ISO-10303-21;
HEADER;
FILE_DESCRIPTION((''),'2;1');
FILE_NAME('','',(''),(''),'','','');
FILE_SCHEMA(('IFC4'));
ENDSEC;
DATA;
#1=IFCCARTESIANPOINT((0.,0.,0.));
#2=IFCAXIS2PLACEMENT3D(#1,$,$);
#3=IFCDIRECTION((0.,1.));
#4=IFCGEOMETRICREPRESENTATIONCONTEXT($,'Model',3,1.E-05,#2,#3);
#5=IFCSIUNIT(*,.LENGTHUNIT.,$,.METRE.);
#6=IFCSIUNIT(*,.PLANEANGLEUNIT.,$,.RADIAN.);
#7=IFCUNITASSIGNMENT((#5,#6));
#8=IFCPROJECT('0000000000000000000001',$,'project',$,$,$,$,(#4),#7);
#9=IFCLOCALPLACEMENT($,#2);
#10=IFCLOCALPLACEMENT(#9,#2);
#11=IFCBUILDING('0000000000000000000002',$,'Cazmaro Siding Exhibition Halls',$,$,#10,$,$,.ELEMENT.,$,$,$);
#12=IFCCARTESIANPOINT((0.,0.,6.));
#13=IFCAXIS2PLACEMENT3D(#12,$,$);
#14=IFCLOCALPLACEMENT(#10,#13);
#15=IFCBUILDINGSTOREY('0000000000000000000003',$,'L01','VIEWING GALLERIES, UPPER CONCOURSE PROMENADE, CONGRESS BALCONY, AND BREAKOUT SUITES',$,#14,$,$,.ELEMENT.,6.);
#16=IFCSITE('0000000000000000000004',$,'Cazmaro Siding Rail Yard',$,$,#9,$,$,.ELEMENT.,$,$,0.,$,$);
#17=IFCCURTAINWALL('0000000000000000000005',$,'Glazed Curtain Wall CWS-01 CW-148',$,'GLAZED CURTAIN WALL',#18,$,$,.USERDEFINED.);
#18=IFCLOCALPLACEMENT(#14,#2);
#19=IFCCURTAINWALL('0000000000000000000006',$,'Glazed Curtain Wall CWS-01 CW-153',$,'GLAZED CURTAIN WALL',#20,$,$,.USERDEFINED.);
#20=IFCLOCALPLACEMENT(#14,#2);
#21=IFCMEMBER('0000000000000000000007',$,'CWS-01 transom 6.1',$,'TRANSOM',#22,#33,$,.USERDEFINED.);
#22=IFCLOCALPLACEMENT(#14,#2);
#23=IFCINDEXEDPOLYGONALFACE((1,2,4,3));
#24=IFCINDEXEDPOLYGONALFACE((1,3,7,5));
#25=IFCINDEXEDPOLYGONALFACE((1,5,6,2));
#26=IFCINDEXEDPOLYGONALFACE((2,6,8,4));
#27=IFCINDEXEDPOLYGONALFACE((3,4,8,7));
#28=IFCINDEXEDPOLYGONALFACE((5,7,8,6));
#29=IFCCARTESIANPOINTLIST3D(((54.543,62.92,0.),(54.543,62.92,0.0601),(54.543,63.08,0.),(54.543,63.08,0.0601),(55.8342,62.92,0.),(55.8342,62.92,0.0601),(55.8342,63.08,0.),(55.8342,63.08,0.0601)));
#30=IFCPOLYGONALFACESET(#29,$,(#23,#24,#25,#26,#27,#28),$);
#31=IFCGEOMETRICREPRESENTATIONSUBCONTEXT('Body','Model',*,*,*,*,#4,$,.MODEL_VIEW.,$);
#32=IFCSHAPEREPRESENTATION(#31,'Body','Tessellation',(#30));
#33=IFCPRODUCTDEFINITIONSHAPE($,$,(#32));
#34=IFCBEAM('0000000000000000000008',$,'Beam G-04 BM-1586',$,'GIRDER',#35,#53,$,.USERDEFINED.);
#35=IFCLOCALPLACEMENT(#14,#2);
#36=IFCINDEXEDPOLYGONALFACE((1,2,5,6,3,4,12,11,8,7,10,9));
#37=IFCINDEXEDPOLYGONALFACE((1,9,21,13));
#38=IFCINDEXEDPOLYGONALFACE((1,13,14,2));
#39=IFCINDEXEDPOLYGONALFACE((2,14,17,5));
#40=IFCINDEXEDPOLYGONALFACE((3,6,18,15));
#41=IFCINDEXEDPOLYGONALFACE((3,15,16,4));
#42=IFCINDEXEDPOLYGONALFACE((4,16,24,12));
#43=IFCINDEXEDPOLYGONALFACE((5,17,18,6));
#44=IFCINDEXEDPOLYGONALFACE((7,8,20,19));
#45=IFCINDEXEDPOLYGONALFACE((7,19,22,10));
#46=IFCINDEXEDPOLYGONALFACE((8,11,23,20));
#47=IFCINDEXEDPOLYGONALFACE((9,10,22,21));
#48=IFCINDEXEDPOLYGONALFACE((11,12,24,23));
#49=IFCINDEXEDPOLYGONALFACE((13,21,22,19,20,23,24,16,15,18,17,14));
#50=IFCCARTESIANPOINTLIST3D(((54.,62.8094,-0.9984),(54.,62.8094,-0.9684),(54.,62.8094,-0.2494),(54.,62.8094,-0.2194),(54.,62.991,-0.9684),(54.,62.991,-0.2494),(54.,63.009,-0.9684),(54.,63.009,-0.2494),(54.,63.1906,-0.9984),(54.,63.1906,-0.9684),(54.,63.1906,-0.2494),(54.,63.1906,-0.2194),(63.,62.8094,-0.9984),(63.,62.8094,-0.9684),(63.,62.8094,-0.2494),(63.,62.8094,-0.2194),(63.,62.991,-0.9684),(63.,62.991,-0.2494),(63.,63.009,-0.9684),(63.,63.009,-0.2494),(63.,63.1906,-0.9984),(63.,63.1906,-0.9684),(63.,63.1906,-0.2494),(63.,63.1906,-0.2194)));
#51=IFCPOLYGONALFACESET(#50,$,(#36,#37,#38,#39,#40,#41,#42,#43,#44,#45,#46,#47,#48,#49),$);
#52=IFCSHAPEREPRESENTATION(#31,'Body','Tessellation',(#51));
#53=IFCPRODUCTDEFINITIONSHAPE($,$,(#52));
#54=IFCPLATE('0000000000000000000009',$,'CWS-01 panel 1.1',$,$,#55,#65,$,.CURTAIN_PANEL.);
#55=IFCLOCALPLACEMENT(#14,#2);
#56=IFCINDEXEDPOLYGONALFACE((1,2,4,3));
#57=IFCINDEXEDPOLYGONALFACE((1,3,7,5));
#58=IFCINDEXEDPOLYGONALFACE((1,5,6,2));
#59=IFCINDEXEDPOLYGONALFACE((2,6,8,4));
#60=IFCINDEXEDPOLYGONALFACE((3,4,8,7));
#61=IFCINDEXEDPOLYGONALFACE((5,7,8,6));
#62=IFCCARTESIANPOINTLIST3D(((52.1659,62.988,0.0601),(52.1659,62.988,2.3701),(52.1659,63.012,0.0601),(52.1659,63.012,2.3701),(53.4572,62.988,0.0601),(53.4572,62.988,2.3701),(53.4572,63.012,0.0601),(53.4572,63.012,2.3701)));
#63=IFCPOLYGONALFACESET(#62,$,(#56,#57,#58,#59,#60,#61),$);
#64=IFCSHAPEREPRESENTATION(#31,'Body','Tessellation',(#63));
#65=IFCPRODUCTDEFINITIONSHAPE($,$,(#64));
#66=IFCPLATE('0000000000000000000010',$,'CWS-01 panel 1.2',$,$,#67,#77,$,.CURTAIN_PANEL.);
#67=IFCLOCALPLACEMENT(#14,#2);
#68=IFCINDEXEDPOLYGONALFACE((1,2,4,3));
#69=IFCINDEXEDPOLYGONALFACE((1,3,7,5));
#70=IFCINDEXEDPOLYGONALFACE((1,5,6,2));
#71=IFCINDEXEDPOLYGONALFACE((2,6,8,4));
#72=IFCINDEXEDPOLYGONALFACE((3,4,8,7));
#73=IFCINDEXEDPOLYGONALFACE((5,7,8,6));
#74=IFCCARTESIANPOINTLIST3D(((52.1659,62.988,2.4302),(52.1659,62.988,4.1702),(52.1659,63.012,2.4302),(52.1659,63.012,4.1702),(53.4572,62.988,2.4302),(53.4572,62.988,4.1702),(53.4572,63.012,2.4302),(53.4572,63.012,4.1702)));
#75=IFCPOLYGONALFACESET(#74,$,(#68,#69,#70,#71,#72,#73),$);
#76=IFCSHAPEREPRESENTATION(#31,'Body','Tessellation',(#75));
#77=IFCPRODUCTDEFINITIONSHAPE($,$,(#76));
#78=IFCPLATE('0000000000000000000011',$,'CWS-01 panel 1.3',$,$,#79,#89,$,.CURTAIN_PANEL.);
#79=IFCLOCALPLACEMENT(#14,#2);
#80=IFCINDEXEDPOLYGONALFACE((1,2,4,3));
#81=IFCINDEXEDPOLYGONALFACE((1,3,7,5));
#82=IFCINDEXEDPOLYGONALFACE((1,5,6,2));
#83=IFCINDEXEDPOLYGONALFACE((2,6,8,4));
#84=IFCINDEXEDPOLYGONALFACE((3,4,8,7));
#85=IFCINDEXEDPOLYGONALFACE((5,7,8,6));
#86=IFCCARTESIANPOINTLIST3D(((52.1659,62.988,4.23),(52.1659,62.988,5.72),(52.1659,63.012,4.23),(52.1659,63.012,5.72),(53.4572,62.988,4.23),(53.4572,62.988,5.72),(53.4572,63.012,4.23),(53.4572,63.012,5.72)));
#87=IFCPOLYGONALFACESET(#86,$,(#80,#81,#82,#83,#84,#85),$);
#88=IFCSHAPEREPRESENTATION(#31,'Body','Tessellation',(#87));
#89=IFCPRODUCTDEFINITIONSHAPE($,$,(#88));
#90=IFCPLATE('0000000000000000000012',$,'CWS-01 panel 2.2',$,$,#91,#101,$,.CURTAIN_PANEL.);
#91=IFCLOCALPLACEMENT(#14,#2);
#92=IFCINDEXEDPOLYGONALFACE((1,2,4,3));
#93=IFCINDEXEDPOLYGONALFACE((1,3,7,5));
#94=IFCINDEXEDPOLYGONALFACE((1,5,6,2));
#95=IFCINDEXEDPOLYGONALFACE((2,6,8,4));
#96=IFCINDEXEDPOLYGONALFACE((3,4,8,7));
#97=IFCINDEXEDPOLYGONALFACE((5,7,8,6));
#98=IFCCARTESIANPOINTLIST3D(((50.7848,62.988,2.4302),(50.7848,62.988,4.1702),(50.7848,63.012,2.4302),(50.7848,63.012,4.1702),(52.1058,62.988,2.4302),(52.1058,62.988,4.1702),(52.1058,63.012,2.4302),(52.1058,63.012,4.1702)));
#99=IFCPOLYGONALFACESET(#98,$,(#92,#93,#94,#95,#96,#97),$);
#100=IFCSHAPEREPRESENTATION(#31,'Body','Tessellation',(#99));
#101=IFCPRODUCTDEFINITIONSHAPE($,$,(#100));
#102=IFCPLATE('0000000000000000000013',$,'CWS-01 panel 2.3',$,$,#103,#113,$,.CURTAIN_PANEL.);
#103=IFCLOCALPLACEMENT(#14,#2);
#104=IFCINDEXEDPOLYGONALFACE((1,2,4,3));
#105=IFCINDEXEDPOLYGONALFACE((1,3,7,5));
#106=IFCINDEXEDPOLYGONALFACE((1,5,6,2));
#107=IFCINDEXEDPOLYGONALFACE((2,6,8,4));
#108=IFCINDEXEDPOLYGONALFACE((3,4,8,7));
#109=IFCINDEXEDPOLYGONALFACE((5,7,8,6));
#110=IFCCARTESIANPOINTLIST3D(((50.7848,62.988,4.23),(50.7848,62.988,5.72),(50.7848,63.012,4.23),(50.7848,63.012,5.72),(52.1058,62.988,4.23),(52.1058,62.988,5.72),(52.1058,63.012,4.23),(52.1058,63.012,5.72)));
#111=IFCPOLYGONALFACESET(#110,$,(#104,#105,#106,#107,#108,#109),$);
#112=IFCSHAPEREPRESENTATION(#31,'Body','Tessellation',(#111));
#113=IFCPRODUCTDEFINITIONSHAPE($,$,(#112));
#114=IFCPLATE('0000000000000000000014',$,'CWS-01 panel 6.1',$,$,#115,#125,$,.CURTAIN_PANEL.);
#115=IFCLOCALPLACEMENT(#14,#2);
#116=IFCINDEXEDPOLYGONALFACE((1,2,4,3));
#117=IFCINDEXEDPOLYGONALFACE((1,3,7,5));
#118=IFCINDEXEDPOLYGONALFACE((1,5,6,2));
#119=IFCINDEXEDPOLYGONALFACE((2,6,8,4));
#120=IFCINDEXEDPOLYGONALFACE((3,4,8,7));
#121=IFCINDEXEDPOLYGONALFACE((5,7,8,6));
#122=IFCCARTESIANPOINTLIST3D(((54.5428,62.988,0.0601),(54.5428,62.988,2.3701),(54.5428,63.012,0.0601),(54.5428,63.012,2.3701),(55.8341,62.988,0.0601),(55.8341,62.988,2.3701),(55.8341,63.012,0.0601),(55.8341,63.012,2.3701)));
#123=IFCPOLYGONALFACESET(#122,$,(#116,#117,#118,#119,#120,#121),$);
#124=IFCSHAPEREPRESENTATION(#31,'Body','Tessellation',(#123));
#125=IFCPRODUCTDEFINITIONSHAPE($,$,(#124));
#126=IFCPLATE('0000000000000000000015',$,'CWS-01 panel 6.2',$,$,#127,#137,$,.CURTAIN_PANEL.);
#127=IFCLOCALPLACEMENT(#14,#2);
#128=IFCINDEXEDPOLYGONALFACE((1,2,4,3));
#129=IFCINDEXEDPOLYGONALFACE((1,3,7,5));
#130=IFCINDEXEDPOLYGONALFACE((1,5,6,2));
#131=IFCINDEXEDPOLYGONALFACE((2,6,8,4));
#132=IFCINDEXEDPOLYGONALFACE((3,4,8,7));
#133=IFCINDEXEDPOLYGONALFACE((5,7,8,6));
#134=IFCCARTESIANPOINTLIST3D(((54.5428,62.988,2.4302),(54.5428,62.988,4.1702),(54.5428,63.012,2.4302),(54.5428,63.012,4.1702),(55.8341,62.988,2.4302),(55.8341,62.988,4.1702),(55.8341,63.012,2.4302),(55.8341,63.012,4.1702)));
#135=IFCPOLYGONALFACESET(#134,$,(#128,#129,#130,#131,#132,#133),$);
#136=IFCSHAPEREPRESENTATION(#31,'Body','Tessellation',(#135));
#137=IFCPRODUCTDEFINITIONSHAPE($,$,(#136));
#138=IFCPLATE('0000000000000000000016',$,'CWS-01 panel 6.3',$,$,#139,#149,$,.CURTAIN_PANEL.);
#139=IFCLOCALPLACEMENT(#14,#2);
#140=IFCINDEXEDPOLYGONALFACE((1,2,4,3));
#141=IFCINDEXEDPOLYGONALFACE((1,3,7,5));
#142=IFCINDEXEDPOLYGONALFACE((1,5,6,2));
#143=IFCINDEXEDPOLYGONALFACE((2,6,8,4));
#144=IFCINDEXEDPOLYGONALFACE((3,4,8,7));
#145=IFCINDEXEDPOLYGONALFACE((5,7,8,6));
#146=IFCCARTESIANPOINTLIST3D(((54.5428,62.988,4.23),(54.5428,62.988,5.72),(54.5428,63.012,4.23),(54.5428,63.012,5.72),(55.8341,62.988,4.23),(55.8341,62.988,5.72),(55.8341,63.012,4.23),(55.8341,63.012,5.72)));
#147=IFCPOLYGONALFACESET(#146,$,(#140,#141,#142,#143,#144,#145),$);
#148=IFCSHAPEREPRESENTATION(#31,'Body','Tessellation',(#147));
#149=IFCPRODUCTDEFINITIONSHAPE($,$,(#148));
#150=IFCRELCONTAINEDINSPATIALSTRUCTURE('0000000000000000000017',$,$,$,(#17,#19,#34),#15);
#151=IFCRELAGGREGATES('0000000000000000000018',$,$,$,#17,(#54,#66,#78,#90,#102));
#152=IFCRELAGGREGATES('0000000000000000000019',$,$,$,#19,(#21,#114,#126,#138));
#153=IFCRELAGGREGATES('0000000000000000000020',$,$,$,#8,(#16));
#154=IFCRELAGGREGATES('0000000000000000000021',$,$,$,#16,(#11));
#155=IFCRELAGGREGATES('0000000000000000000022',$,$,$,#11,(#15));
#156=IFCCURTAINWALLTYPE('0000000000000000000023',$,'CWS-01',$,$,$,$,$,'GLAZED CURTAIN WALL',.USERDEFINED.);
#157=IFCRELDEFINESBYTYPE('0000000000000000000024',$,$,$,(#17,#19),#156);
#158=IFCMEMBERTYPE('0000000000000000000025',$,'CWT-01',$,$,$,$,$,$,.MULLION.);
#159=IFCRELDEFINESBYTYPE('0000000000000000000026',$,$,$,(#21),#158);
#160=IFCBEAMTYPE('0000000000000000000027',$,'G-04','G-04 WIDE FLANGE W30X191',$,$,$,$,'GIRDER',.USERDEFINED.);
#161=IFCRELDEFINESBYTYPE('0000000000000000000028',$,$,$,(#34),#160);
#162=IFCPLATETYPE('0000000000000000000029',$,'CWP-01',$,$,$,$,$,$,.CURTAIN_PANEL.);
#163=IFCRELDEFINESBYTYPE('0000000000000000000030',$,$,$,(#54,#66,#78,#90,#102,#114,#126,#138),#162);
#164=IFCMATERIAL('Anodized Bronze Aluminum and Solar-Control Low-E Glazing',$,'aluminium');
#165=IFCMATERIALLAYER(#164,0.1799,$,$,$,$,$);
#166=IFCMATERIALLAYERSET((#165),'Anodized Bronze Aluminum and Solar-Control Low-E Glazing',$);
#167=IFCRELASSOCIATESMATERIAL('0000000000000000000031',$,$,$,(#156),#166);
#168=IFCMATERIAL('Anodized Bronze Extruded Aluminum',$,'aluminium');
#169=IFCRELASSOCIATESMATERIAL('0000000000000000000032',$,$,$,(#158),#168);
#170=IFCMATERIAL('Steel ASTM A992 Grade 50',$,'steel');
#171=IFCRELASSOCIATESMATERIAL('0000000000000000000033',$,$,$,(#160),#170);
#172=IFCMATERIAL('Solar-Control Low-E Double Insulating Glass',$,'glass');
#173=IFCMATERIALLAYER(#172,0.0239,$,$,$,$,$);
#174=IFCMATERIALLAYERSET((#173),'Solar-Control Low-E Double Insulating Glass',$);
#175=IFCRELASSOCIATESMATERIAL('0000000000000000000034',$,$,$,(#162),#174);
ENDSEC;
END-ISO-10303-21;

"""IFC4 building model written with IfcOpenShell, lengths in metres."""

from ifc_helpers import new_model, si_unit, direction, frame, origin, origin_2d, place, context, subcontext, project, spatial, rectangle, i_section, extrude, material, layer, layer_set, material_profile, profile_set, type_object, element, aggregate, save


model = new_model("IFC4")

# Units and contexts
model_context = context("Model", 3, precision=1e-05, world=origin(), true_north=direction((0.0, 1.0)))
body_context = subcontext(model_context, "Body", "Model", "MODEL_VIEW")
ifc_project = project(units=[si_unit("LENGTHUNIT", "METRE"), si_unit("PLANEANGLEUNIT", "RADIAN")], contexts=[model_context])

# Site, building, storey
site_placement = place(None, origin())
site = spatial("IfcSite", under=ifc_project, at=site_placement, Name="Cazmaro Siding Rail Yard", CompositionType="ELEMENT", RefElevation=0.0)
building_placement = place(site_placement, origin())
building = spatial("IfcBuilding", under=site, at=building_placement, Name="Cazmaro Siding Exhibition Halls", CompositionType="ELEMENT")
storey_placement = place(building_placement, frame((0.0, 0.0, 6.0)))
storey = spatial("IfcBuildingStorey", under=building, at=storey_placement, Name="L01", Description="VIEWING GALLERIES, UPPER CONCOURSE PROMENADE, CONGRESS BALCONY, AND BREAKOUT SUITES", CompositionType="ELEMENT", Elevation=6.0)

# Curtain wall
ifc_material_1 = material(Name="Anodized Bronze Aluminum and Solar-Control Low-E Glazing", Category="aluminium")
ifc_layer_1 = layer(ifc_material_1, 0.1799)
ifc_layer_set_1 = layer_set([ifc_layer_1], Name="Anodized Bronze Aluminum and Solar-Control Low-E Glazing")
curtain_wall_type = type_object("IfcCurtainWallType", Name="CWS-01", ElementType="GLAZED CURTAIN WALL", PredefinedType="USERDEFINED", material=ifc_layer_set_1)
curtain_wall_1_placement = place(storey_placement, origin())
curtain_wall_1 = element("IfcCurtainWall", 1, at=curtain_wall_1_placement, inside=storey, type_object=curtain_wall_type, Name="Glazed Curtain Wall CWS-01 CW-148", ObjectType="GLAZED CURTAIN WALL", PredefinedType="USERDEFINED")

# Curtain wall
curtain_wall_2_placement = place(storey_placement, origin())
curtain_wall_2 = element("IfcCurtainWall", 2, at=curtain_wall_2_placement, inside=storey, type_object=curtain_wall_type, Name="Glazed Curtain Wall CWS-01 CW-153", ObjectType="GLAZED CURTAIN WALL", PredefinedType="USERDEFINED")

# Member
ifc_material_2 = material(Name="Anodized Bronze Extruded Aluminum", Category="aluminium")
ifc_material_profile_1 = material_profile(ifc_material_2, rectangle(XDim=0.1599, YDim=0.0601, at=origin_2d()), Name="CWT-01")
ifc_profile_set_1 = profile_set([ifc_material_profile_1], Name="Anodized Bronze Extruded Aluminum")
member_type_1 = type_object("IfcMemberType", Name="CWT-01", PredefinedType="MULLION", material=ifc_profile_set_1)
member_1_placement = place(storey_placement, frame((55.8342, 63.0, 0.03), z_axis=(-1.0, 0.0, 0.0), x_axis=(0.0, -1.0, 0.0)))
member_1 = element("IfcMember", 3, at=member_1_placement, type_object=member_type_1, Name="CWS-01 transom 6.1", ObjectType="TRANSOM", PredefinedType="USERDEFINED", context=body_context, shape_type="SweptSolid", body=[
    extrude(rectangle(XDim=0.1599, YDim=0.0601, at=origin_2d()), origin(), (0.0, 0.0, 1.0), 1.2913),
])

# Beam
ifc_material_3 = material(Name="Steel ASTM A992 Grade 50", Category="steel")
ifc_material_profile_2 = material_profile(ifc_material_3, i_section(OverallWidth=0.3811, OverallDepth=0.7791, WebThickness=0.0181, FlangeThickness=0.03, at=origin_2d()), Name="W30X191")
ifc_profile_set_2 = profile_set([ifc_material_profile_2], Name="Steel ASTM A992 Grade 50")
beam_type = type_object("IfcBeamType", Name="G-04", Description="G-04 WIDE FLANGE W30X191", ElementType="GIRDER", PredefinedType="USERDEFINED", material=ifc_profile_set_2)
beam_placement = place(storey_placement, frame((54.0, 63.0, -0.6089), z_axis=(1.0, 0.0, 0.0), x_axis=(0.0, 1.0, 0.0)))
element("IfcBeam", 4, at=beam_placement, inside=storey, type_object=beam_type, Name="Beam G-04 BM-1586", ObjectType="GIRDER", PredefinedType="USERDEFINED", context=body_context, shape_type="SweptSolid", body=[
    extrude(i_section(OverallWidth=0.3811, OverallDepth=0.7791, WebThickness=0.0181, FlangeThickness=0.03, at=origin_2d()), origin(), (0.0, 0.0, 1.0), 9.0),
])

# Plates
ifc_material_4 = material(Name="Solar-Control Low-E Double Insulating Glass", Category="glass")
ifc_layer_2 = layer(ifc_material_4, 0.0239)
ifc_layer_set_2 = layer_set([ifc_layer_2], Name="Solar-Control Low-E Double Insulating Glass")
plate_type = type_object("IfcPlateType", Name="CWP-01", PredefinedType="CURTAIN_PANEL", material=ifc_layer_set_2)
plate_1_placement = place(storey_placement, frame((52.8115, 63.0, 0.0601), z_axis=(0.0, 0.0, 1.0), x_axis=(-1.0, 0.0, 0.0)))
plate_1 = element("IfcPlate", 5, at=plate_1_placement, type_object=plate_type, Name="CWS-01 panel 1.1", PredefinedType="CURTAIN_PANEL", context=body_context, shape_type="SweptSolid", body=[
    extrude(rectangle(XDim=1.2913, YDim=0.0239, at=origin_2d()), origin(), (0.0, 0.0, 1.0), 2.3101),
])
plate_2_placement = place(storey_placement, frame((52.8115, 63.0, 2.4302), z_axis=(0.0, 0.0, 1.0), x_axis=(-1.0, 0.0, 0.0)))
plate_2 = element("IfcPlate", 6, at=plate_2_placement, type_object=plate_type, Name="CWS-01 panel 1.2", PredefinedType="CURTAIN_PANEL", context=body_context, shape_type="SweptSolid", body=[
    extrude(rectangle(XDim=1.2913, YDim=0.0239, at=origin_2d()), origin(), (0.0, 0.0, 1.0), 1.74),
])
plate_3_placement = place(storey_placement, frame((52.8115, 63.0, 4.23), z_axis=(0.0, 0.0, 1.0), x_axis=(-1.0, 0.0, 0.0)))
plate_3 = element("IfcPlate", 7, at=plate_3_placement, type_object=plate_type, Name="CWS-01 panel 1.3", PredefinedType="CURTAIN_PANEL", context=body_context, shape_type="SweptSolid", body=[
    extrude(rectangle(XDim=1.2913, YDim=0.0239, at=origin_2d()), origin(), (0.0, 0.0, 1.0), 1.49),
])
plate_4_placement = place(storey_placement, frame((51.4453, 63.0, 2.4302), z_axis=(0.0, 0.0, 1.0), x_axis=(-1.0, 0.0, 0.0)))
plate_4 = element("IfcPlate", 8, at=plate_4_placement, type_object=plate_type, Name="CWS-01 panel 2.2", PredefinedType="CURTAIN_PANEL", context=body_context, shape_type="SweptSolid", body=[
    extrude(rectangle(XDim=1.321, YDim=0.0239, at=origin_2d()), origin(), (0.0, 0.0, 1.0), 1.74),
])
plate_5_placement = place(storey_placement, frame((51.4453, 63.0, 4.23), z_axis=(0.0, 0.0, 1.0), x_axis=(-1.0, 0.0, 0.0)))
plate_5 = element("IfcPlate", 9, at=plate_5_placement, type_object=plate_type, Name="CWS-01 panel 2.3", PredefinedType="CURTAIN_PANEL", context=body_context, shape_type="SweptSolid", body=[
    extrude(rectangle(XDim=1.321, YDim=0.0239, at=origin_2d()), origin(), (0.0, 0.0, 1.0), 1.49),
])
aggregate(curtain_wall_1, [plate_1, plate_2, plate_3, plate_4, plate_5])
plate_6_placement = place(storey_placement, frame((55.1885, 63.0, 0.0601), z_axis=(0.0, 0.0, 1.0), x_axis=(-1.0, 0.0, 0.0)))
plate_6 = element("IfcPlate", 10, at=plate_6_placement, type_object=plate_type, Name="CWS-01 panel 6.1", PredefinedType="CURTAIN_PANEL", context=body_context, shape_type="SweptSolid", body=[
    extrude(rectangle(XDim=1.2913, YDim=0.0239, at=origin_2d()), origin(), (0.0, 0.0, 1.0), 2.3101),
])
plate_7_placement = place(storey_placement, frame((55.1885, 63.0, 2.4302), z_axis=(0.0, 0.0, 1.0), x_axis=(-1.0, 0.0, 0.0)))
plate_7 = element("IfcPlate", 11, at=plate_7_placement, type_object=plate_type, Name="CWS-01 panel 6.2", PredefinedType="CURTAIN_PANEL", context=body_context, shape_type="SweptSolid", body=[
    extrude(rectangle(XDim=1.2913, YDim=0.0239, at=origin_2d()), origin(), (0.0, 0.0, 1.0), 1.74),
])
plate_8_placement = place(storey_placement, frame((55.1885, 63.0, 4.23), z_axis=(0.0, 0.0, 1.0), x_axis=(-1.0, 0.0, 0.0)))
plate_8 = element("IfcPlate", 12, at=plate_8_placement, type_object=plate_type, Name="CWS-01 panel 6.3", PredefinedType="CURTAIN_PANEL", context=body_context, shape_type="SweptSolid", body=[
    extrude(rectangle(XDim=1.2913, YDim=0.0239, at=origin_2d()), origin(), (0.0, 0.0, 1.0), 1.49),
])
aggregate(curtain_wall_2, [member_1, plate_6, plate_7, plate_8])

save(model, "model.ifc")
